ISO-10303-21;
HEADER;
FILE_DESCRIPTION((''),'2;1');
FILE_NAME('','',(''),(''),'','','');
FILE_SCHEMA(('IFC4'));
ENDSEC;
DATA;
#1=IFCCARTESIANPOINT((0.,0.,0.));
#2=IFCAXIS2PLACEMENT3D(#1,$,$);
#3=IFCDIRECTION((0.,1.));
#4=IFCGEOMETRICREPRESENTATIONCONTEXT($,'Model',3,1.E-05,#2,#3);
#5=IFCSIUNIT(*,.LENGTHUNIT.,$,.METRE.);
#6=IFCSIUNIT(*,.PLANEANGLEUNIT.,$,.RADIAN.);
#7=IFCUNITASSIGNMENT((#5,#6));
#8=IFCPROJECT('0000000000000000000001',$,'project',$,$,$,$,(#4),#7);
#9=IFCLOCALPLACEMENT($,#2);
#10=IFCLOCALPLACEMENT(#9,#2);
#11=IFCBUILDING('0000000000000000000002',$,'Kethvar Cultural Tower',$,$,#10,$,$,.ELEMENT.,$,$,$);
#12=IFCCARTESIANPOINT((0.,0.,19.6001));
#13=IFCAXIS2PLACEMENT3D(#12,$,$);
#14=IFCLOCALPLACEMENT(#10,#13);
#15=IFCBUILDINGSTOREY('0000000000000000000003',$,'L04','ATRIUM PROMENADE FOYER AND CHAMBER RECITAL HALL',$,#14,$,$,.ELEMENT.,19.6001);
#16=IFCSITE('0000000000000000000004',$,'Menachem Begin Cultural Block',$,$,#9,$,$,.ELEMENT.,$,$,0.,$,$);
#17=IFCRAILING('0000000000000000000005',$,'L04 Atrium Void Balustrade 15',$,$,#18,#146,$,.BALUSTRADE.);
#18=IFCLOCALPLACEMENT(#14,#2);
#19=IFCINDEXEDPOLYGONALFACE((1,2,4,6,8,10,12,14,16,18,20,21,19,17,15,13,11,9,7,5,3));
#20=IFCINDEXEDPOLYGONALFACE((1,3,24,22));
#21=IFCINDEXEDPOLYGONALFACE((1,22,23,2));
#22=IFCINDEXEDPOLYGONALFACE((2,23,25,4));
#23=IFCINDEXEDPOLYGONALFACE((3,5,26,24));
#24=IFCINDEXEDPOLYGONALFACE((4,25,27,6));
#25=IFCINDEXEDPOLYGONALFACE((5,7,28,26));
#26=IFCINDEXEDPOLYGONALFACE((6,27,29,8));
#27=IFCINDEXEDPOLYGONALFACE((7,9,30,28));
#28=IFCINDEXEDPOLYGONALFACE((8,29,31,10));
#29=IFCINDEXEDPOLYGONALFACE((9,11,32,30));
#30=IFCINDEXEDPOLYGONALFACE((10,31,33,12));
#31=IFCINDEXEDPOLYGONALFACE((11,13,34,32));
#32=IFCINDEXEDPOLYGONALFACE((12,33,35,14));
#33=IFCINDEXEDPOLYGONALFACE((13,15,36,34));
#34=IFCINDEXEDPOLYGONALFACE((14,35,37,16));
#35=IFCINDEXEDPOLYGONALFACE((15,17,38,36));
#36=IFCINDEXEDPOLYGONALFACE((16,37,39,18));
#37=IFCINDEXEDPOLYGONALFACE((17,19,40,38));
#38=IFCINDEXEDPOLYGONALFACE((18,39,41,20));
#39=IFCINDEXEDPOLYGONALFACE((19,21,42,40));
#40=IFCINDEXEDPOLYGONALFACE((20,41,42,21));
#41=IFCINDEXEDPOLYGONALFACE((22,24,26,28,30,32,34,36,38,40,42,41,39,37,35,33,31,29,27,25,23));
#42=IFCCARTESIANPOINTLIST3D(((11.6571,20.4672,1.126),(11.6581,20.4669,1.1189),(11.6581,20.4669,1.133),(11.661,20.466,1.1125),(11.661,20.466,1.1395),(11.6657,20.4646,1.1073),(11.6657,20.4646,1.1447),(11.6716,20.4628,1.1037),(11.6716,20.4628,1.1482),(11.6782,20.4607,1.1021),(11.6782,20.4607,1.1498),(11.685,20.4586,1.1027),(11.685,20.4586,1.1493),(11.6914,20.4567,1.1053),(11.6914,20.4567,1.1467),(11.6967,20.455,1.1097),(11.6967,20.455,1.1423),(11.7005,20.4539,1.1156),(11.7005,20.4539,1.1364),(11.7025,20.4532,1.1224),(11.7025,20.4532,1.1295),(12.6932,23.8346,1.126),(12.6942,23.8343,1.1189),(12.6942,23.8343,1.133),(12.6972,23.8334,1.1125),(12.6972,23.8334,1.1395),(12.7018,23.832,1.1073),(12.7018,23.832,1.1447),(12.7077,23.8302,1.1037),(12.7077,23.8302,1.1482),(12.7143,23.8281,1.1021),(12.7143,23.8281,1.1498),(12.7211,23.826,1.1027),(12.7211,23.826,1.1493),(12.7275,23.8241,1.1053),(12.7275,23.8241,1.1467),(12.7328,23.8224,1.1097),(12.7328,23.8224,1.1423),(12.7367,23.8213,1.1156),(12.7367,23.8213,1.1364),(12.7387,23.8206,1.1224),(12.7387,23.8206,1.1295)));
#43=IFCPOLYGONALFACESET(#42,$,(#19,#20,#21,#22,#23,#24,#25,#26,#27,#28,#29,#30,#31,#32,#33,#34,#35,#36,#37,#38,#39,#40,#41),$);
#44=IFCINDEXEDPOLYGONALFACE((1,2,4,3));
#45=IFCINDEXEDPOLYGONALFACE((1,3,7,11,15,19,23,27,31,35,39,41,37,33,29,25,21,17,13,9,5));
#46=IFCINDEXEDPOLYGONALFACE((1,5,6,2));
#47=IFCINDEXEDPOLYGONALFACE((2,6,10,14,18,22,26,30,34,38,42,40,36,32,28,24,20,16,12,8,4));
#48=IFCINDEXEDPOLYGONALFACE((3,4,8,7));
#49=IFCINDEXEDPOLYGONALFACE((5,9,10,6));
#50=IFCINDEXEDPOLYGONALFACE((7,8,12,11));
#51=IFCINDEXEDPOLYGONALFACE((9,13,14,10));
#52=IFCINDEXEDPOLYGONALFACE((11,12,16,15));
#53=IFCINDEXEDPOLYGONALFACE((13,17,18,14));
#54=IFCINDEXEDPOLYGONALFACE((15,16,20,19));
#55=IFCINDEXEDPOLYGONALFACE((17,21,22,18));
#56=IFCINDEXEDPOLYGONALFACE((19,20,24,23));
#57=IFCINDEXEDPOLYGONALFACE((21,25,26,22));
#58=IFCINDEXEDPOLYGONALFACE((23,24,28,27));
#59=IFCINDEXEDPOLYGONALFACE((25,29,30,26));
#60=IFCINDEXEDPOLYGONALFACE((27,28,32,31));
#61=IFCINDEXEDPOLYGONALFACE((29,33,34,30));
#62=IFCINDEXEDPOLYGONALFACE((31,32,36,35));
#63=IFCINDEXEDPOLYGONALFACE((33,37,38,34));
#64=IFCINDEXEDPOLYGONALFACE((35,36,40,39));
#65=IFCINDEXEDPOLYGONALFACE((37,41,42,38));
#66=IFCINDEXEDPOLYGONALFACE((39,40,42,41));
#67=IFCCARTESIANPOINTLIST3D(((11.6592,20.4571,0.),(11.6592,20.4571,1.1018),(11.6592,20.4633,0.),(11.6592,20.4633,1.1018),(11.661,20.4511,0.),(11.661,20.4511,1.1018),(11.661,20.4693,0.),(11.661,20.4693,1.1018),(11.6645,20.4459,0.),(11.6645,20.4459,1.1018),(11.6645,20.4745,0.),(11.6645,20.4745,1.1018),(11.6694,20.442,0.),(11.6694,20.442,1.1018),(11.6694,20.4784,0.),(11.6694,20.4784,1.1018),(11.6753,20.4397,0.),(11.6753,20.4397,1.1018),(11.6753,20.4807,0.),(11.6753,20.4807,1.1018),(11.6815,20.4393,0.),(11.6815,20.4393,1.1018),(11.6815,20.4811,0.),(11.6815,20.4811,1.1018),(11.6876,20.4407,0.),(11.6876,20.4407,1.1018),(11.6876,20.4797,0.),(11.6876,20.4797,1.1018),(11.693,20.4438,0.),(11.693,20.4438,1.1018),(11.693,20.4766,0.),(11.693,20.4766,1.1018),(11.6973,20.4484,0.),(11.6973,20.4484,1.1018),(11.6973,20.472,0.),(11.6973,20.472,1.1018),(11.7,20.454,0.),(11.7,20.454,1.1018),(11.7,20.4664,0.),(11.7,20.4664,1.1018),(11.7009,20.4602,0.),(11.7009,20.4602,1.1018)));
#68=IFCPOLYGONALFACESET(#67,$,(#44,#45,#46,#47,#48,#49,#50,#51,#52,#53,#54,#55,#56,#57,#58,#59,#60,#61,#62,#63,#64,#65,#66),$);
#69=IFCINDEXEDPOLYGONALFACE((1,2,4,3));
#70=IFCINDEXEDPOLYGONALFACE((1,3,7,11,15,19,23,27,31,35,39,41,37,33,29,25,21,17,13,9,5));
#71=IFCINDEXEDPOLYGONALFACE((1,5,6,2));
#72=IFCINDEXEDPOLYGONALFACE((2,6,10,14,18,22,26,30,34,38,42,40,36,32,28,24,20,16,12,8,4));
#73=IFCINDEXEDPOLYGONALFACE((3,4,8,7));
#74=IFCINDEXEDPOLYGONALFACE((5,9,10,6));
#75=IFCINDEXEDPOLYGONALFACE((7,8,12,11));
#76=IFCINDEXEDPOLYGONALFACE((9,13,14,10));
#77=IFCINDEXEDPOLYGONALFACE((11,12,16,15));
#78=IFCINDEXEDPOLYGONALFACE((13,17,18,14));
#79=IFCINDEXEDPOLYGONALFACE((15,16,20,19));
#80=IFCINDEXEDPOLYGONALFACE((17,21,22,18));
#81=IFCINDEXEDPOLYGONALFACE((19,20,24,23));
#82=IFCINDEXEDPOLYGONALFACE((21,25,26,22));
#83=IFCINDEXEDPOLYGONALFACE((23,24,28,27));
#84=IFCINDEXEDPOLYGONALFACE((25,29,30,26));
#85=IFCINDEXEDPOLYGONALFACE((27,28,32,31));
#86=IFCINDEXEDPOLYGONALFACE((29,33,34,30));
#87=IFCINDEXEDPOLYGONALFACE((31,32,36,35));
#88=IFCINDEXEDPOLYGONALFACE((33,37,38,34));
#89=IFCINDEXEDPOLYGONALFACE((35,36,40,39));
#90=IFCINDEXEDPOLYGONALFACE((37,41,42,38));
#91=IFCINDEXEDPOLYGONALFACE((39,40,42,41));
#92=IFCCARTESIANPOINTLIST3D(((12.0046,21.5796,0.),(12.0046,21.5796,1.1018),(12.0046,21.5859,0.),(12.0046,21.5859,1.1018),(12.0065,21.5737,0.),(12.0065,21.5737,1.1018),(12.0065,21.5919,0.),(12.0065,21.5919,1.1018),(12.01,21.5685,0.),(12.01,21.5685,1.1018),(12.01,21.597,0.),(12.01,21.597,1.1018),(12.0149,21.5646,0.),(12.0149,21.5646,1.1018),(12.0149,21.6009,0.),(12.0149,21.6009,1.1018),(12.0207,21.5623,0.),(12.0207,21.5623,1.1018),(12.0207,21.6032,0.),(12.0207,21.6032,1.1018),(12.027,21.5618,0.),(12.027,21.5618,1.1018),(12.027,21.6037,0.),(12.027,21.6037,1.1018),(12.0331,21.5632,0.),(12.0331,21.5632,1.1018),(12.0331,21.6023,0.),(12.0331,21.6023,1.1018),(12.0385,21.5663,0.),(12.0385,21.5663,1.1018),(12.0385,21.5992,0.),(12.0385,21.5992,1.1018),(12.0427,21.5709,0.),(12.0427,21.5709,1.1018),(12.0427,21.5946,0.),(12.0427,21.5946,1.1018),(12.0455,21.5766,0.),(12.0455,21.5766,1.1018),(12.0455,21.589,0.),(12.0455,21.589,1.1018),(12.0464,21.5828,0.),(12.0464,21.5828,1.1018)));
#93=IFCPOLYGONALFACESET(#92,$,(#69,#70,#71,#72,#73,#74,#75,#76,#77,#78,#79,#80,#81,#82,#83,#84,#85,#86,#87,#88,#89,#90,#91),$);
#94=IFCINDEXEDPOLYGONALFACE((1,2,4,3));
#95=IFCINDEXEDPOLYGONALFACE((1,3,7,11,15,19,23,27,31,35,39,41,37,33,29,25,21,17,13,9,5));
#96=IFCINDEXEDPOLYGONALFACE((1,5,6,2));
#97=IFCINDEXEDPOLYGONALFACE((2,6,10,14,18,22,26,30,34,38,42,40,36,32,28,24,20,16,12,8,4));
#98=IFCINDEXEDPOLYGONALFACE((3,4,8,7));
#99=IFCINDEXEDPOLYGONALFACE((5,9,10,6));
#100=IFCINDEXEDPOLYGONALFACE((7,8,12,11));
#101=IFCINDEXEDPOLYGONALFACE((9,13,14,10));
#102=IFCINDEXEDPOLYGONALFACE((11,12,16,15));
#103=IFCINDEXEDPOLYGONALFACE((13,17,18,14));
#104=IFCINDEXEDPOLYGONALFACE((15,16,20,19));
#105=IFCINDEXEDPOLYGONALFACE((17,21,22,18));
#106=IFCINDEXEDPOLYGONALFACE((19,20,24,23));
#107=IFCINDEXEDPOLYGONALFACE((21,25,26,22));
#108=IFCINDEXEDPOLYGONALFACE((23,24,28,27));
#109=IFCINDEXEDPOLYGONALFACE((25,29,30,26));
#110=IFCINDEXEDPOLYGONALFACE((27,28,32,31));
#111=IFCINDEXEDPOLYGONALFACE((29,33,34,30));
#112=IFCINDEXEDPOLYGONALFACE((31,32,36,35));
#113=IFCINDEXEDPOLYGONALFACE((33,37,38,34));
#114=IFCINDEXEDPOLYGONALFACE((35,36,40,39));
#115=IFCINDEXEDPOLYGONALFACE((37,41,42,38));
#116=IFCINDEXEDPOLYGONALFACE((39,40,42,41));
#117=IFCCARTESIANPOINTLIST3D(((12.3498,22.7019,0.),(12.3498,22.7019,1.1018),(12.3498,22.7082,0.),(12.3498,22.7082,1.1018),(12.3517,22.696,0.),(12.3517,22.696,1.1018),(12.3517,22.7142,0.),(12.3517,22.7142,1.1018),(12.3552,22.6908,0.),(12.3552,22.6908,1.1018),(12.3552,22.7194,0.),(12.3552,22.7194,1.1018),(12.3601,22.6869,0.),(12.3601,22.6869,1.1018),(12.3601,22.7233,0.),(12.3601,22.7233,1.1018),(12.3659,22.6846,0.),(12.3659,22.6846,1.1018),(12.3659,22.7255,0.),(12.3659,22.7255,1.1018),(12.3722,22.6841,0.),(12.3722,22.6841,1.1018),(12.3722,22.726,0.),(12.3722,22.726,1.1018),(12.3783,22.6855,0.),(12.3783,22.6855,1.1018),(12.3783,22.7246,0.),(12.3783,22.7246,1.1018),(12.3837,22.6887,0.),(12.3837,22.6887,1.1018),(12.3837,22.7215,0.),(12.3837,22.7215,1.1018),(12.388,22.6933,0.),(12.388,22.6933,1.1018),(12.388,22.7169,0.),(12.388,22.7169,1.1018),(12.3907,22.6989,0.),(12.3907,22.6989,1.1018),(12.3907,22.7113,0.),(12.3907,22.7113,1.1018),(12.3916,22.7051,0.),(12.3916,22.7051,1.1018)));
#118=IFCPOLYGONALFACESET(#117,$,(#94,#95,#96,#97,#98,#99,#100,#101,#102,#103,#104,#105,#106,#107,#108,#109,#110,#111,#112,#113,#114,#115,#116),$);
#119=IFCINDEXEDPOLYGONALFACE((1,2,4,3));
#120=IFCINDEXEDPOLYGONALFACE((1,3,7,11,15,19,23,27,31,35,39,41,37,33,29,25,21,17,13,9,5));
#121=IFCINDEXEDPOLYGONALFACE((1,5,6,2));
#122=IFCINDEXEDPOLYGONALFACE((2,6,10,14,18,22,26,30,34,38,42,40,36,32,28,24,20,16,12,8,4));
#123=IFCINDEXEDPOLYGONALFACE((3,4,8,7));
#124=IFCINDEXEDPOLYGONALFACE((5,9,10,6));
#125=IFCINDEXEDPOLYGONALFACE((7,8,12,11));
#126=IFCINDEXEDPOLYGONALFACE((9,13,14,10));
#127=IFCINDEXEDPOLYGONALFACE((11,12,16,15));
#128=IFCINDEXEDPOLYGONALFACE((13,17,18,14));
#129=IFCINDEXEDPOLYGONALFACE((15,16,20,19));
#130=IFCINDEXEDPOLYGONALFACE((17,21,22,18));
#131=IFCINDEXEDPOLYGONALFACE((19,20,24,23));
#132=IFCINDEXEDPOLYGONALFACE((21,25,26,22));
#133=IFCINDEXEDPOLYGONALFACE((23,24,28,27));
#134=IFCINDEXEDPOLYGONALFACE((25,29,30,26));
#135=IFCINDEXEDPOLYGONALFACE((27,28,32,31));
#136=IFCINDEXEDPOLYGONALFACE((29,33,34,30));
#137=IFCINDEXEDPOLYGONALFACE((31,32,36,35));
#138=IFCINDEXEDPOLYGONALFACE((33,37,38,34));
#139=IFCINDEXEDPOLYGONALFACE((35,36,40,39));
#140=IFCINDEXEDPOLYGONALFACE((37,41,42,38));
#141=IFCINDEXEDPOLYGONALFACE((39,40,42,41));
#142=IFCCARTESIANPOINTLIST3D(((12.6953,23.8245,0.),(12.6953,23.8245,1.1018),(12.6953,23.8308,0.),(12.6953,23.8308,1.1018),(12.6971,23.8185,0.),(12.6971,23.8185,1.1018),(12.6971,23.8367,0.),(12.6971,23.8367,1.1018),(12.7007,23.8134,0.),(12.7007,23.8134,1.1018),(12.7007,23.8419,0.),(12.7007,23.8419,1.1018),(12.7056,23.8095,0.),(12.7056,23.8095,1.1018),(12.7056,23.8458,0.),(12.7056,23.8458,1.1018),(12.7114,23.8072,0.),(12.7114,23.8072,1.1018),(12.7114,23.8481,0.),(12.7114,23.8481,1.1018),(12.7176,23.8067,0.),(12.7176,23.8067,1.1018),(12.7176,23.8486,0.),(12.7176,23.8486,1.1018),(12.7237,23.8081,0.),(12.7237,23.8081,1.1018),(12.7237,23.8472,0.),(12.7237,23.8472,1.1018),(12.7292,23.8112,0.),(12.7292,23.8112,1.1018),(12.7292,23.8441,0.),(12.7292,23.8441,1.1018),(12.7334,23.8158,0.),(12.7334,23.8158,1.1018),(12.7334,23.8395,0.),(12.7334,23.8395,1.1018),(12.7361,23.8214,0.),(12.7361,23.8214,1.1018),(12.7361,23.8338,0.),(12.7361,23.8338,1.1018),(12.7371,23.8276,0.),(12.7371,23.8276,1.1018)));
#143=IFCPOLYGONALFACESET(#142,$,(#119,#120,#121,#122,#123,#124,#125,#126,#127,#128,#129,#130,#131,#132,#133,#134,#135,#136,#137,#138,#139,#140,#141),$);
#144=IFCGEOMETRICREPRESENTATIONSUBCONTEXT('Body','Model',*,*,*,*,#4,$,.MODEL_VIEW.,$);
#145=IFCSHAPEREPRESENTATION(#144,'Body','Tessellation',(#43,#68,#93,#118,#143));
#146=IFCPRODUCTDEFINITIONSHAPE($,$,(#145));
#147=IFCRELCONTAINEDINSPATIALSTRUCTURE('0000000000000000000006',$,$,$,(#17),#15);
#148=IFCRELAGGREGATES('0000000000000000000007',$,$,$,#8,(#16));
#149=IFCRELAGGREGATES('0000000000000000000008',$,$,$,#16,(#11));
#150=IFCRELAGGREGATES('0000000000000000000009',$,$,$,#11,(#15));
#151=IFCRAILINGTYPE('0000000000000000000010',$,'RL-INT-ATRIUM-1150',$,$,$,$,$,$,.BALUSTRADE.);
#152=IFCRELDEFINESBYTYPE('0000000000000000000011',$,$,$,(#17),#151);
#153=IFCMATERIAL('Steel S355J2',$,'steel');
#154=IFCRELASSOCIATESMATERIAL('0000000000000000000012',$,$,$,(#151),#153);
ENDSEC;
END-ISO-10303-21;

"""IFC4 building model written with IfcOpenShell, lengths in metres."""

from ifc_helpers import new_model, si_unit, direction, frame, origin, origin_2d, place, context, subcontext, project, spatial, circle, extrude, material, type_object, element, save


model = new_model("IFC4")

# Units and contexts
model_context = context("Model", 3, precision=1e-05, world=origin(), true_north=direction((0.0, 1.0)))
body_context = subcontext(model_context, "Body", "Model", "MODEL_VIEW")
ifc_project = project(units=[si_unit("LENGTHUNIT", "METRE"), si_unit("PLANEANGLEUNIT", "RADIAN")], contexts=[model_context])

# Site, building, storey
site_placement = place(None, origin())
site = spatial("IfcSite", under=ifc_project, at=site_placement, Name="Menachem Begin Cultural Block", CompositionType="ELEMENT", RefElevation=0.0)
building_placement = place(site_placement, origin())
building = spatial("IfcBuilding", under=site, at=building_placement, Name="Kethvar Cultural Tower", CompositionType="ELEMENT")
storey_placement = place(building_placement, frame((0.0, 0.0, 19.6001)))
storey = spatial("IfcBuildingStorey", under=building, at=storey_placement, Name="L04", Description="ATRIUM PROMENADE FOYER AND CHAMBER RECITAL HALL", CompositionType="ELEMENT", Elevation=19.6001)

# Shared definitions
ifc_material_1 = material(Name="Steel S355J2", Category="steel")

# Railing
railing_type = type_object("IfcRailingType", Name="RL-INT-ATRIUM-1150", PredefinedType="BALUSTRADE", material=ifc_material_1)
railing_1_placement = place(storey_placement, frame((11.6799, 20.4602, 0.0)))
element("IfcRailing", 1, at=railing_1_placement, inside=storey, type_object=railing_type, Name="L04 Atrium Void Balustrade 15", PredefinedType="BALUSTRADE", context=body_context, shape_type="SweptSolid", body=[
    extrude(circle(Radius=0.0239, at=origin_2d()), frame((0.0, 0.0, 1.126), z_axis=(0.294086, 0.955779, 0.0), x_axis=(-0.955779, 0.294086, 0.0)), (0.0, 0.0, 1.0), 3.5232),
    extrude(circle(Radius=0.021, at=origin_2d()), origin(), (0.0, 0.0, 1.0), 1.1018),
    extrude(circle(Radius=0.021, at=origin_2d()), frame((0.3455, 1.1226, 0.0)), (0.0, 0.0, 1.0), 1.1018),
    extrude(circle(Radius=0.021, at=origin_2d()), frame((0.6907, 2.2449, 0.0)), (0.0, 0.0, 1.0), 1.1018),
    extrude(circle(Radius=0.021, at=origin_2d()), frame((1.0361, 3.3674, 0.0)), (0.0, 0.0, 1.0), 1.1018),
])

save(model, "model.ifc")
